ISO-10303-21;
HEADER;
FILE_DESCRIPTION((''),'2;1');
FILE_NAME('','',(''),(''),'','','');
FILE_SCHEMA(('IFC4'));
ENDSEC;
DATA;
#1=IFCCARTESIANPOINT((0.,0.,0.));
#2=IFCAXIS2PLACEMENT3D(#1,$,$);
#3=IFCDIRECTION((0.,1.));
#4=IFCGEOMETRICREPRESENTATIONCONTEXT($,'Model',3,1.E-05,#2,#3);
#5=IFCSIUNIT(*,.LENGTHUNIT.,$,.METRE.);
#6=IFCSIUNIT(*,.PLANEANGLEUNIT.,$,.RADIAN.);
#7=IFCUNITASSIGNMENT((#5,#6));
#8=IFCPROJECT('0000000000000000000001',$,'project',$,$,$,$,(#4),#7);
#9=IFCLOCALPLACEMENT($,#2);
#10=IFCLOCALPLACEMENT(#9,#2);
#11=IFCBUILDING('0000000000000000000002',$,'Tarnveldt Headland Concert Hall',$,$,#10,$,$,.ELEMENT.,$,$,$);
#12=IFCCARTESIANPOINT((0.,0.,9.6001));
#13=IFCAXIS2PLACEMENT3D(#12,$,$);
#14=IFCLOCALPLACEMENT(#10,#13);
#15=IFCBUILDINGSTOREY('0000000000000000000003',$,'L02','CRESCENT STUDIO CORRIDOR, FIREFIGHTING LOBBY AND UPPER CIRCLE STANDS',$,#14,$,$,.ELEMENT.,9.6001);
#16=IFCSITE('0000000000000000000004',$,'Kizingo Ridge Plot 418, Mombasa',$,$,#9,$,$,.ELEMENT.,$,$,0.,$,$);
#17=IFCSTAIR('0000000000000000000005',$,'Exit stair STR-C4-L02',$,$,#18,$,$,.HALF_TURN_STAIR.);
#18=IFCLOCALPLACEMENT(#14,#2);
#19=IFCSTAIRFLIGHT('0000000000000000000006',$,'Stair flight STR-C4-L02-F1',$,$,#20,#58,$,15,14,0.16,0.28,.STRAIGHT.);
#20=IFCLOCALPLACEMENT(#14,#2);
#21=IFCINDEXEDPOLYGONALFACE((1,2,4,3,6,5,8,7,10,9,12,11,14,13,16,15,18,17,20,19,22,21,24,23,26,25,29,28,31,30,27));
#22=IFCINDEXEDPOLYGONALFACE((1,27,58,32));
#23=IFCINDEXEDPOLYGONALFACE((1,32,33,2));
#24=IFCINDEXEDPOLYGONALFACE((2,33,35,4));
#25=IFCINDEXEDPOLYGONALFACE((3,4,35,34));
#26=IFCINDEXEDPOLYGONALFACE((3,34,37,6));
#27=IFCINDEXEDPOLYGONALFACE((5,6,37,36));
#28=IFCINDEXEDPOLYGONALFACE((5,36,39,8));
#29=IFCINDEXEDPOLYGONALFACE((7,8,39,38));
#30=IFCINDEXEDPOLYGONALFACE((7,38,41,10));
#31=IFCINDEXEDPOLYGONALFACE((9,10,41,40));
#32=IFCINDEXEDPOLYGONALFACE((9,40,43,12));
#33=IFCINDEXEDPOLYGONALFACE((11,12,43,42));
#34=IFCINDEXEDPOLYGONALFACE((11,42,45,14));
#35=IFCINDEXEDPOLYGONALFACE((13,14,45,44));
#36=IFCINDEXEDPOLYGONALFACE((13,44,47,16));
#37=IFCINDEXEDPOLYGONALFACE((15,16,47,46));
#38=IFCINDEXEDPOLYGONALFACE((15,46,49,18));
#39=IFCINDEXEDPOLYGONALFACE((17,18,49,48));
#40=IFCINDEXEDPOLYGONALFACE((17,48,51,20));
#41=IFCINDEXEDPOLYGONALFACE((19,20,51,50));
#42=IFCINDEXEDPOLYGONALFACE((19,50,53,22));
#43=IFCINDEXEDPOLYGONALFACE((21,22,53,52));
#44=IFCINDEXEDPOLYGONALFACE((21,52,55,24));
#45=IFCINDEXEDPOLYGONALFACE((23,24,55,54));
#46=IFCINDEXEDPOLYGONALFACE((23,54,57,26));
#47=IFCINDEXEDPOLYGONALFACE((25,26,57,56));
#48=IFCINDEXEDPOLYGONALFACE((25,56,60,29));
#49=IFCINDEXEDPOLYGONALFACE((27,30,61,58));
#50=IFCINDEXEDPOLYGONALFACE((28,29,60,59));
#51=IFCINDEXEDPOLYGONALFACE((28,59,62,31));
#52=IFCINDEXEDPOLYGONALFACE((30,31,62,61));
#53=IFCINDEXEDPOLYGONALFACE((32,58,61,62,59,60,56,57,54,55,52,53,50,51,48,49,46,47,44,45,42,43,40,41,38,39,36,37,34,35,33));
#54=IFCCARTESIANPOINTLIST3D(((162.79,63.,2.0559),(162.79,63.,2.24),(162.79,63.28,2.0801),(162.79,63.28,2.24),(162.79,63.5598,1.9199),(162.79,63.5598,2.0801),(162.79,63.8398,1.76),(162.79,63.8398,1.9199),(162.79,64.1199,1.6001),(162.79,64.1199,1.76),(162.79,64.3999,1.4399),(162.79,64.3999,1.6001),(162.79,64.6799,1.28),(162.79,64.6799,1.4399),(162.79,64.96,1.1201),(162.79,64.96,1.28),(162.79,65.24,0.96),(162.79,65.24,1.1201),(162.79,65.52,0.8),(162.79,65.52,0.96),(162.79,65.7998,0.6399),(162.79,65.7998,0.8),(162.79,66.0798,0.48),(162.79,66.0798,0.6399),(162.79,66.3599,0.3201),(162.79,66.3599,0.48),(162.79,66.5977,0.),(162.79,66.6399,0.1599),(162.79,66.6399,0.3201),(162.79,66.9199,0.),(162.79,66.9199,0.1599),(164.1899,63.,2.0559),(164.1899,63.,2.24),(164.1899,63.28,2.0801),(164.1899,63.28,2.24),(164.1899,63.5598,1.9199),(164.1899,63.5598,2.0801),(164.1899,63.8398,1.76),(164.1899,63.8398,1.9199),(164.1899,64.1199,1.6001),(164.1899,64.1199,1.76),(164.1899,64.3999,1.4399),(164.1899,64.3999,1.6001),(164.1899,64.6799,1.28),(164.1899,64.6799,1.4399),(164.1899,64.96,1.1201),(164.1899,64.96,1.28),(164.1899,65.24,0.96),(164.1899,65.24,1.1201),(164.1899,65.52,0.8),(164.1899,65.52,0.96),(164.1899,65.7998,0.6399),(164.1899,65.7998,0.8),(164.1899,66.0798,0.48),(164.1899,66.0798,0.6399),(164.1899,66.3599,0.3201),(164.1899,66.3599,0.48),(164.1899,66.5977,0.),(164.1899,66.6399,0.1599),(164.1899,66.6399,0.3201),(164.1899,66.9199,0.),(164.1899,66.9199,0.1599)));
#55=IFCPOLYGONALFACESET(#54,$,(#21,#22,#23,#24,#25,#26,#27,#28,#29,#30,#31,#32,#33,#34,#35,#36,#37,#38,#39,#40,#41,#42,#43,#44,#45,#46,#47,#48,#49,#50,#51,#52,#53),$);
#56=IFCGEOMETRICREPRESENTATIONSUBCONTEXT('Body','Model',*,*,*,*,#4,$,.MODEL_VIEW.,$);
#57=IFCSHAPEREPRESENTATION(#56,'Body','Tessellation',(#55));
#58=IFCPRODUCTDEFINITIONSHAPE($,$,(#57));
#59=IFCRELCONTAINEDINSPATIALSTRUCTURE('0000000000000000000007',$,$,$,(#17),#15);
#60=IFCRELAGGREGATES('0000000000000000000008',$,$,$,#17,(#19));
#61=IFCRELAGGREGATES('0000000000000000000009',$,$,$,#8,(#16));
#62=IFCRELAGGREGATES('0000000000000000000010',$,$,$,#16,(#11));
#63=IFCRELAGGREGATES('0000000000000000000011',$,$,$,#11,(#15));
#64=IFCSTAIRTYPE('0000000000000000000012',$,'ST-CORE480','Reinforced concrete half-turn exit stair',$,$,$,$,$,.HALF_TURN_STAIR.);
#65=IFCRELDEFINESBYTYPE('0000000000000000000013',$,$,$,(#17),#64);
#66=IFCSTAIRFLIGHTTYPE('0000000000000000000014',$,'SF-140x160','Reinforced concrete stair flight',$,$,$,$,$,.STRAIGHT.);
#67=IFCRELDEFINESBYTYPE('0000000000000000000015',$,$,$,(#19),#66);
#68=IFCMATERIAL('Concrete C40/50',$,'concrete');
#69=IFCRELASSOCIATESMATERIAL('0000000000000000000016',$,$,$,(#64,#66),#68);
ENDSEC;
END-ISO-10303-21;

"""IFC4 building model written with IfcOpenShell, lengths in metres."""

from ifc_helpers import new_model, si_unit, direction, frame, origin, place, context, subcontext, project, spatial, polyline, outline, extrude, material, type_object, element, aggregate, save


model = new_model("IFC4")

# Units and contexts
model_context = context("Model", 3, precision=1e-05, world=origin(), true_north=direction((0.0, 1.0)))
body_context = subcontext(model_context, "Body", "Model", "MODEL_VIEW")
ifc_project = project(units=[si_unit("LENGTHUNIT", "METRE"), si_unit("PLANEANGLEUNIT", "RADIAN")], contexts=[model_context])

# Site, building, storey
site_placement = place(None, origin())
site = spatial("IfcSite", under=ifc_project, at=site_placement, Name="Kizingo Ridge Plot 418, Mombasa", CompositionType="ELEMENT", RefElevation=0.0)
building_placement = place(site_placement, origin())
building = spatial("IfcBuilding", under=site, at=building_placement, Name="Tarnveldt Headland Concert Hall", CompositionType="ELEMENT")
storey_placement = place(building_placement, frame((0.0, 0.0, 9.6001)))
storey = spatial("IfcBuildingStorey", under=building, at=storey_placement, Name="L02", Description="CRESCENT STUDIO CORRIDOR, FIREFIGHTING LOBBY AND UPPER CIRCLE STANDS", CompositionType="ELEMENT", Elevation=9.6001)

# Shared definitions
ifc_material_1 = material(Name="Concrete C40/50", Category="concrete")

# Stair, stair flight
stair_type = type_object("IfcStairType", Name="ST-CORE480", Description="Reinforced concrete half-turn exit stair", PredefinedType="HALF_TURN_STAIR", material=ifc_material_1)
stair_placement = place(storey_placement, origin())
stair = element("IfcStair", 1, at=stair_placement, inside=storey, type_object=stair_type, Name="Exit stair STR-C4-L02", PredefinedType="HALF_TURN_STAIR")
stair_flight_type = type_object("IfcStairFlightType", Name="SF-140x160", Description="Reinforced concrete stair flight", PredefinedType="STRAIGHT", material=ifc_material_1)
stair_flight_placement = place(storey_placement, frame((163.49, 66.9199, 0.0), z_axis=(0.0, 0.0, 1.0), x_axis=(0.0, -1.0, 0.0)))
stair_flight = element("IfcStairFlight", 2, at=stair_flight_placement, type_object=stair_flight_type, Name="Stair flight STR-C4-L02-F1", NumberOfRisers=15, NumberOfTreads=14, PredefinedType="STRAIGHT", RiserHeight=0.16, TreadLength=0.28, context=body_context, shape_type="SweptSolid", body=[
    extrude(outline(polyline([(0.0, 0.0), (0.0, 0.1599), (0.28, 0.1599), (0.28, 0.3201), (0.5601, 0.3201), (0.5601, 0.48), (0.8401, 0.48), (0.8401, 0.6399), (1.1201, 0.6399), (1.1201, 0.8), (1.3999, 0.8), (1.3999, 0.96), (1.6799, 0.96), (1.6799, 1.1201), (1.96, 1.1201), (1.96, 1.28), (2.24, 1.28), (2.24, 1.4399), (2.52, 1.4399), (2.52, 1.6001), (2.8, 1.6001), (2.8, 1.76), (3.0801, 1.76), (3.0801, 1.9199), (3.3601, 1.9199), (3.3601, 2.0801), (3.6399, 2.0801), (3.6399, 2.24), (3.9199, 2.24), (3.9199, 2.3999), (3.9199, 2.0559), (0.3223, 0.0), (0.0, 0.0)])), frame((0.0, 0.7, 0.0), z_axis=(0.0, -1.0, 0.0), x_axis=(1.0, 0.0, 0.0)), (0.0, 0.0, 1.0), 1.3999),
])
aggregate(stair, [stair_flight])

save(model, "model.ifc")
